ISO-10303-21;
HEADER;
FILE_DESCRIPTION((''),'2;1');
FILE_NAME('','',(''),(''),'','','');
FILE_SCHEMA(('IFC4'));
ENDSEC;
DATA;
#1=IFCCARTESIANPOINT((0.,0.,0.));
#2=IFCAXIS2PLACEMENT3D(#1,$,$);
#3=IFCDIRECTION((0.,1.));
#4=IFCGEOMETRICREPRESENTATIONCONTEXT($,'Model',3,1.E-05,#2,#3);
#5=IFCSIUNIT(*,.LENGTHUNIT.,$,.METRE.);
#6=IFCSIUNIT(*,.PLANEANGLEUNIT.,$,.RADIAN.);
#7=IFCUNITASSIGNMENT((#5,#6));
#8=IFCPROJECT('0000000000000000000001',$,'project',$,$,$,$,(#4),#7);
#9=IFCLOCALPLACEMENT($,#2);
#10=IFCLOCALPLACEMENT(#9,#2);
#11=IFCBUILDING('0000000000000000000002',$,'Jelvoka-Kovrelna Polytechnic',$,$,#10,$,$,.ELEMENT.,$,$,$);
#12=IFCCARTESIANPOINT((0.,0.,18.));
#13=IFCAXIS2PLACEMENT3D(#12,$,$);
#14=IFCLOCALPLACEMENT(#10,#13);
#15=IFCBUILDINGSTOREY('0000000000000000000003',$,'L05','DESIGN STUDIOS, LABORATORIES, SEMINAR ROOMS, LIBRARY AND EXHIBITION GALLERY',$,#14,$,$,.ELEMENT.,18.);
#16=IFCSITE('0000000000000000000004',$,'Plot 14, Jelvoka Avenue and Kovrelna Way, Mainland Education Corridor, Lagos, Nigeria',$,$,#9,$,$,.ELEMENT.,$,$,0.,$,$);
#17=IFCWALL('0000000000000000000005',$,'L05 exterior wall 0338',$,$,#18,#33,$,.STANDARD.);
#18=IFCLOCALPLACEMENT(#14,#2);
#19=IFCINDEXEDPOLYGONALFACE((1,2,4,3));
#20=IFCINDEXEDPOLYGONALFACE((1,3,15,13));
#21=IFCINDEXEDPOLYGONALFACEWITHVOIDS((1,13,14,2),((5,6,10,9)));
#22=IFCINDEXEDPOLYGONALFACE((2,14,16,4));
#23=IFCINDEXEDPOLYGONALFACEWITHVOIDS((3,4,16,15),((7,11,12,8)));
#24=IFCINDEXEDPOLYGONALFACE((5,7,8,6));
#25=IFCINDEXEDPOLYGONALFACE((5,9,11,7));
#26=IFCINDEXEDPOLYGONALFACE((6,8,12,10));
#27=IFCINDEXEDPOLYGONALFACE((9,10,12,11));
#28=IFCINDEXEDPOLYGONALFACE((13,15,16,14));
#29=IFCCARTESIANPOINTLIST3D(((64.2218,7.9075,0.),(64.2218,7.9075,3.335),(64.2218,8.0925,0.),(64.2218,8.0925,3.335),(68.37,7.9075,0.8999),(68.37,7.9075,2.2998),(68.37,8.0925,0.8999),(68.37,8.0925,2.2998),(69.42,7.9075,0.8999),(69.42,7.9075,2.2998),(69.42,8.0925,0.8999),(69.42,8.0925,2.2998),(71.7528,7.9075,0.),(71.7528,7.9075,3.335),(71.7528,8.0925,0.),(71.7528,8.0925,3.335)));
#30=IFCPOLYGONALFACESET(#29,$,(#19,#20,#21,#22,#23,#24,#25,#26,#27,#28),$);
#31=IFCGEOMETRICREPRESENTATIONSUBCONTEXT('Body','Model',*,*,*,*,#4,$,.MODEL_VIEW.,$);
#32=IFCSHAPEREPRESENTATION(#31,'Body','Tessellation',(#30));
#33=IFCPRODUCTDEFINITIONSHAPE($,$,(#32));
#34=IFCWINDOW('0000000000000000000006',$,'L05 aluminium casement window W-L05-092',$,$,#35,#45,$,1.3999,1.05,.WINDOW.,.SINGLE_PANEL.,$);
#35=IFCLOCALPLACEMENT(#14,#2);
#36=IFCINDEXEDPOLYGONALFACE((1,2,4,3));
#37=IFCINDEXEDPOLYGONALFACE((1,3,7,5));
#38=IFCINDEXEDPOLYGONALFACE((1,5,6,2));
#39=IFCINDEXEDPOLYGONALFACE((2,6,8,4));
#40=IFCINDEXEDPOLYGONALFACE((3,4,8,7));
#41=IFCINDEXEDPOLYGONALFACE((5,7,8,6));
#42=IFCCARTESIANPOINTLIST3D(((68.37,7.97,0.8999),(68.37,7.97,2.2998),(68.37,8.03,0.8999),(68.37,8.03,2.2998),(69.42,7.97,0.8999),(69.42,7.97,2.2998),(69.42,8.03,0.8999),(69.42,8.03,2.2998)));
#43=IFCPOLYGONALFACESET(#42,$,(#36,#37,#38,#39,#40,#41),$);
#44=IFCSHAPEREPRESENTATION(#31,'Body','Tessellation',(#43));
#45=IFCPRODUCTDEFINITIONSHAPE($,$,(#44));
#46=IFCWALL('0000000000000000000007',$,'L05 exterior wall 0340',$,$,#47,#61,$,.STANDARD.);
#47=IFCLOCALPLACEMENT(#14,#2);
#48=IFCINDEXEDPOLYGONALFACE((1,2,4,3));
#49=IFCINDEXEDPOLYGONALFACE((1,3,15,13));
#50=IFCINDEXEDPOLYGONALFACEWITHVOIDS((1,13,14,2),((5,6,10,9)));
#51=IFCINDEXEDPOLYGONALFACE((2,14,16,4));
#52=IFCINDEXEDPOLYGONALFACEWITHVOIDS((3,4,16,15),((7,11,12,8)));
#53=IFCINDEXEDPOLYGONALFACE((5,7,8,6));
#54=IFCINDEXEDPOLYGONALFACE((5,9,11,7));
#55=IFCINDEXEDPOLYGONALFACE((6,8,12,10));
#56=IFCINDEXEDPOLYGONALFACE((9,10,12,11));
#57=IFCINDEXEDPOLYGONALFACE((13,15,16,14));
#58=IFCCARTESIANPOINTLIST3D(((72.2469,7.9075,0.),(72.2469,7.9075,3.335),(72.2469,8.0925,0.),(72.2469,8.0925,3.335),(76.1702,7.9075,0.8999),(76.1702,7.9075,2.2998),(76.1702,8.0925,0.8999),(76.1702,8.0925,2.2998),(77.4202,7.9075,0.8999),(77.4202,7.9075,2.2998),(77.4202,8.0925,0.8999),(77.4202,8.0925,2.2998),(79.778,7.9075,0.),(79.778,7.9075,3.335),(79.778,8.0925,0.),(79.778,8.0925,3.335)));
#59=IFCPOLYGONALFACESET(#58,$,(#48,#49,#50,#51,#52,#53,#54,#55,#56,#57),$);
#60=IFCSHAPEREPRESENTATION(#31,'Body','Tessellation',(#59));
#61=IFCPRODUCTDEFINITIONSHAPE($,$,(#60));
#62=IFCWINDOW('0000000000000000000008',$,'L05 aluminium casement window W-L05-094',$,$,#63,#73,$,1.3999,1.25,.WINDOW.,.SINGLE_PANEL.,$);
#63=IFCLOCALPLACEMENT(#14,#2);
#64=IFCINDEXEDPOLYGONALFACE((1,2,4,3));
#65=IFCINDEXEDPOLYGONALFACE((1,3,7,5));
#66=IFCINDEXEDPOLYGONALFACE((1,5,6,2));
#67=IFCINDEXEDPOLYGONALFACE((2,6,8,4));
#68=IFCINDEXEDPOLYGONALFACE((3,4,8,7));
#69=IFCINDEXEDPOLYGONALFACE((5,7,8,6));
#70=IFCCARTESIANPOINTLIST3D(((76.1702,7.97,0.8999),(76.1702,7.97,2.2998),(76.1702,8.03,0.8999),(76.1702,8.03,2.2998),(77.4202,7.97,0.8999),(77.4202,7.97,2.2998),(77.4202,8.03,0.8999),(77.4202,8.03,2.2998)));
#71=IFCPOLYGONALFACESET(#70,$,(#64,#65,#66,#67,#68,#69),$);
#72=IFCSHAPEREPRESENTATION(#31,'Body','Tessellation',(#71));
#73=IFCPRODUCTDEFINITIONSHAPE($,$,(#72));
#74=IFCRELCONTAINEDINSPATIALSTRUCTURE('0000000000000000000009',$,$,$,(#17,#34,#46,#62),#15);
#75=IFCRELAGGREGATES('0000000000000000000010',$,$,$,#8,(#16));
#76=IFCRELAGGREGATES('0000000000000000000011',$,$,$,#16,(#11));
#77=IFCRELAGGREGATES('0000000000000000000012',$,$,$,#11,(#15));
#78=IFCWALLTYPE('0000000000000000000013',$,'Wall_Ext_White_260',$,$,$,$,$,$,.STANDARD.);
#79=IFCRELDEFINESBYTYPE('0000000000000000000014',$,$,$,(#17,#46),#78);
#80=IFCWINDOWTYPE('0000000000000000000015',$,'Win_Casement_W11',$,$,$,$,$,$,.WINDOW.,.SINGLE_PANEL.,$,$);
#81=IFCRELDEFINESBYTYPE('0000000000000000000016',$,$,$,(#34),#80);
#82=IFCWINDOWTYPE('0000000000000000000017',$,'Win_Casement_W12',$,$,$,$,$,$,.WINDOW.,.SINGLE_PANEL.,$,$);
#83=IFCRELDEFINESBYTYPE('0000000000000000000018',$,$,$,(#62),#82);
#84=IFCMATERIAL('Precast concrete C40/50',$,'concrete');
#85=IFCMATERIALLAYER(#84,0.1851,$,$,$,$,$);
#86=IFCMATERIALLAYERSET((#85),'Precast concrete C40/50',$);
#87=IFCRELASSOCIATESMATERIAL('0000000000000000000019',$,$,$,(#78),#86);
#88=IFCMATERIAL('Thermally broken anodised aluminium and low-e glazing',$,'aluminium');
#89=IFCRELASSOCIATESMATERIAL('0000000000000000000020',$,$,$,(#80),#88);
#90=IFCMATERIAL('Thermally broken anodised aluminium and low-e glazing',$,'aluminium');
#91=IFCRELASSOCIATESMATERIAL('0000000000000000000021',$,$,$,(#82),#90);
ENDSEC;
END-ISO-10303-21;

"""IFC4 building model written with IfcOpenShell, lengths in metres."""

from ifc_helpers import new_model, si_unit, direction, frame, frame_2d, origin, place, context, subcontext, project, spatial, rectangle, extrude, material, layer, layer_set, type_object, element, fill, save


model = new_model("IFC4")

# Units and contexts
model_context = context("Model", 3, precision=1e-05, world=origin(), true_north=direction((0.0, 1.0)))
body_context = subcontext(model_context, "Body", "Model", "MODEL_VIEW")
ifc_project = project(units=[si_unit("LENGTHUNIT", "METRE"), si_unit("PLANEANGLEUNIT", "RADIAN")], contexts=[model_context])

# Site, building, storey
site_placement = place(None, origin())
site = spatial("IfcSite", under=ifc_project, at=site_placement, Name="Plot 14, Jelvoka Avenue and Kovrelna Way, Mainland Education Corridor, Lagos, Nigeria", CompositionType="ELEMENT", RefElevation=0.0)
building_placement = place(site_placement, origin())
building = spatial("IfcBuilding", under=site, at=building_placement, Name="Jelvoka-Kovrelna Polytechnic", CompositionType="ELEMENT")
storey_placement = place(building_placement, frame((0.0, 0.0, 18.0)))
storey = spatial("IfcBuildingStorey", under=building, at=storey_placement, Name="L05", Description="DESIGN STUDIOS, LABORATORIES, SEMINAR ROOMS, LIBRARY AND EXHIBITION GALLERY", CompositionType="ELEMENT", Elevation=18.0)

# Walls, openings, windows
ifc_material_1 = material(Name="Precast concrete C40/50", Category="concrete")
ifc_layer = layer(ifc_material_1, 0.1851)
ifc_layer_set = layer_set([ifc_layer], Name="Precast concrete C40/50")
wall_type = type_object("IfcWallType", Name="Wall_Ext_White_260", PredefinedType="STANDARD", material=ifc_layer_set)
wall_1_placement = place(storey_placement, frame((71.7529, 8.0, 0.0), z_axis=(0.0, 0.0, 1.0), x_axis=(-1.0, 0.0, 0.0)))
wall_1 = element("IfcWall", 1, at=wall_1_placement, inside=storey, type_object=wall_type, Name="L05 exterior wall 0338", PredefinedType="STANDARD", context=body_context, shape_type="SweptSolid", body=[
    extrude(rectangle(XDim=7.531, YDim=0.1851, at=frame_2d((3.7656, 0.0))), origin(), (0.0, 0.0, 1.0), 3.335),
])
opening_1_placement = place(wall_1_placement, frame((2.333, 0.0, 0.8999)))
opening_1 = element("IfcOpeningElement", 2, at=opening_1_placement, cuts=wall_1, PredefinedType="OPENING", context=body_context, shape_type="SweptSolid", body=[
    extrude(rectangle(XDim=1.05, YDim=1.3999, at=frame_2d((0.5249, 0.7))), frame((0.0, 0.1025, 0.0), z_axis=(0.0, -1.0, 0.0), x_axis=(1.0, 0.0, 0.0)), (0.0, 0.0, 1.0), 0.2051),
])
ifc_material_2 = material(Name="Thermally broken anodised aluminium and low-e glazing", Category="aluminium")
window_type_1 = type_object("IfcWindowType", Name="Win_Casement_W11", PartitioningType="SINGLE_PANEL", PredefinedType="WINDOW", material=ifc_material_2)
window_1_placement = place(opening_1_placement, origin())
window_1 = element("IfcWindow", 3, at=window_1_placement, inside=storey, type_object=window_type_1, Name="L05 aluminium casement window W-L05-092", OverallHeight=1.3999, OverallWidth=1.05, PartitioningType="SINGLE_PANEL", PredefinedType="WINDOW", context=body_context, shape_type="SweptSolid", body=[
    extrude(rectangle(XDim=1.05, YDim=1.3999, at=frame_2d((0.5249, 0.7))), frame((0.0, 0.03, 0.0), z_axis=(0.0, -1.0, 0.0), x_axis=(1.0, 0.0, 0.0)), (0.0, 0.0, 1.0), 0.0601),
])
fill(opening_1, window_1)
wall_2_placement = place(storey_placement, frame((79.7781, 8.0, 0.0), z_axis=(0.0, 0.0, 1.0), x_axis=(-1.0, 0.0, 0.0)))
wall_2 = element("IfcWall", 4, at=wall_2_placement, inside=storey, type_object=wall_type, Name="L05 exterior wall 0340", PredefinedType="STANDARD", context=body_context, shape_type="SweptSolid", body=[
    extrude(rectangle(XDim=7.531, YDim=0.1851, at=frame_2d((3.7656, 0.0))), origin(), (0.0, 0.0, 1.0), 3.335),
])
opening_2_placement = place(wall_2_placement, frame((2.3579, 0.0, 0.8999)))
opening_2 = element("IfcOpeningElement", 5, at=opening_2_placement, cuts=wall_2, PredefinedType="OPENING", context=body_context, shape_type="SweptSolid", body=[
    extrude(rectangle(XDim=1.25, YDim=1.3999, at=frame_2d((0.625, 0.7))), frame((0.0, 0.1025, 0.0), z_axis=(0.0, -1.0, 0.0), x_axis=(1.0, 0.0, 0.0)), (0.0, 0.0, 1.0), 0.2051),
])
ifc_material_3 = material(Name="Thermally broken anodised aluminium and low-e glazing", Category="aluminium")
window_type_2 = type_object("IfcWindowType", Name="Win_Casement_W12", PartitioningType="SINGLE_PANEL", PredefinedType="WINDOW", material=ifc_material_3)
window_2_placement = place(opening_2_placement, origin())
window_2 = element("IfcWindow", 6, at=window_2_placement, inside=storey, type_object=window_type_2, Name="L05 aluminium casement window W-L05-094", OverallHeight=1.3999, OverallWidth=1.25, PartitioningType="SINGLE_PANEL", PredefinedType="WINDOW", context=body_context, shape_type="SweptSolid", body=[
    extrude(rectangle(XDim=1.25, YDim=1.3999, at=frame_2d((0.625, 0.7))), frame((0.0, 0.03, 0.0), z_axis=(0.0, -1.0, 0.0), x_axis=(1.0, 0.0, 0.0)), (0.0, 0.0, 1.0), 0.0601),
])
fill(opening_2, window_2)

save(model, "model.ifc")
